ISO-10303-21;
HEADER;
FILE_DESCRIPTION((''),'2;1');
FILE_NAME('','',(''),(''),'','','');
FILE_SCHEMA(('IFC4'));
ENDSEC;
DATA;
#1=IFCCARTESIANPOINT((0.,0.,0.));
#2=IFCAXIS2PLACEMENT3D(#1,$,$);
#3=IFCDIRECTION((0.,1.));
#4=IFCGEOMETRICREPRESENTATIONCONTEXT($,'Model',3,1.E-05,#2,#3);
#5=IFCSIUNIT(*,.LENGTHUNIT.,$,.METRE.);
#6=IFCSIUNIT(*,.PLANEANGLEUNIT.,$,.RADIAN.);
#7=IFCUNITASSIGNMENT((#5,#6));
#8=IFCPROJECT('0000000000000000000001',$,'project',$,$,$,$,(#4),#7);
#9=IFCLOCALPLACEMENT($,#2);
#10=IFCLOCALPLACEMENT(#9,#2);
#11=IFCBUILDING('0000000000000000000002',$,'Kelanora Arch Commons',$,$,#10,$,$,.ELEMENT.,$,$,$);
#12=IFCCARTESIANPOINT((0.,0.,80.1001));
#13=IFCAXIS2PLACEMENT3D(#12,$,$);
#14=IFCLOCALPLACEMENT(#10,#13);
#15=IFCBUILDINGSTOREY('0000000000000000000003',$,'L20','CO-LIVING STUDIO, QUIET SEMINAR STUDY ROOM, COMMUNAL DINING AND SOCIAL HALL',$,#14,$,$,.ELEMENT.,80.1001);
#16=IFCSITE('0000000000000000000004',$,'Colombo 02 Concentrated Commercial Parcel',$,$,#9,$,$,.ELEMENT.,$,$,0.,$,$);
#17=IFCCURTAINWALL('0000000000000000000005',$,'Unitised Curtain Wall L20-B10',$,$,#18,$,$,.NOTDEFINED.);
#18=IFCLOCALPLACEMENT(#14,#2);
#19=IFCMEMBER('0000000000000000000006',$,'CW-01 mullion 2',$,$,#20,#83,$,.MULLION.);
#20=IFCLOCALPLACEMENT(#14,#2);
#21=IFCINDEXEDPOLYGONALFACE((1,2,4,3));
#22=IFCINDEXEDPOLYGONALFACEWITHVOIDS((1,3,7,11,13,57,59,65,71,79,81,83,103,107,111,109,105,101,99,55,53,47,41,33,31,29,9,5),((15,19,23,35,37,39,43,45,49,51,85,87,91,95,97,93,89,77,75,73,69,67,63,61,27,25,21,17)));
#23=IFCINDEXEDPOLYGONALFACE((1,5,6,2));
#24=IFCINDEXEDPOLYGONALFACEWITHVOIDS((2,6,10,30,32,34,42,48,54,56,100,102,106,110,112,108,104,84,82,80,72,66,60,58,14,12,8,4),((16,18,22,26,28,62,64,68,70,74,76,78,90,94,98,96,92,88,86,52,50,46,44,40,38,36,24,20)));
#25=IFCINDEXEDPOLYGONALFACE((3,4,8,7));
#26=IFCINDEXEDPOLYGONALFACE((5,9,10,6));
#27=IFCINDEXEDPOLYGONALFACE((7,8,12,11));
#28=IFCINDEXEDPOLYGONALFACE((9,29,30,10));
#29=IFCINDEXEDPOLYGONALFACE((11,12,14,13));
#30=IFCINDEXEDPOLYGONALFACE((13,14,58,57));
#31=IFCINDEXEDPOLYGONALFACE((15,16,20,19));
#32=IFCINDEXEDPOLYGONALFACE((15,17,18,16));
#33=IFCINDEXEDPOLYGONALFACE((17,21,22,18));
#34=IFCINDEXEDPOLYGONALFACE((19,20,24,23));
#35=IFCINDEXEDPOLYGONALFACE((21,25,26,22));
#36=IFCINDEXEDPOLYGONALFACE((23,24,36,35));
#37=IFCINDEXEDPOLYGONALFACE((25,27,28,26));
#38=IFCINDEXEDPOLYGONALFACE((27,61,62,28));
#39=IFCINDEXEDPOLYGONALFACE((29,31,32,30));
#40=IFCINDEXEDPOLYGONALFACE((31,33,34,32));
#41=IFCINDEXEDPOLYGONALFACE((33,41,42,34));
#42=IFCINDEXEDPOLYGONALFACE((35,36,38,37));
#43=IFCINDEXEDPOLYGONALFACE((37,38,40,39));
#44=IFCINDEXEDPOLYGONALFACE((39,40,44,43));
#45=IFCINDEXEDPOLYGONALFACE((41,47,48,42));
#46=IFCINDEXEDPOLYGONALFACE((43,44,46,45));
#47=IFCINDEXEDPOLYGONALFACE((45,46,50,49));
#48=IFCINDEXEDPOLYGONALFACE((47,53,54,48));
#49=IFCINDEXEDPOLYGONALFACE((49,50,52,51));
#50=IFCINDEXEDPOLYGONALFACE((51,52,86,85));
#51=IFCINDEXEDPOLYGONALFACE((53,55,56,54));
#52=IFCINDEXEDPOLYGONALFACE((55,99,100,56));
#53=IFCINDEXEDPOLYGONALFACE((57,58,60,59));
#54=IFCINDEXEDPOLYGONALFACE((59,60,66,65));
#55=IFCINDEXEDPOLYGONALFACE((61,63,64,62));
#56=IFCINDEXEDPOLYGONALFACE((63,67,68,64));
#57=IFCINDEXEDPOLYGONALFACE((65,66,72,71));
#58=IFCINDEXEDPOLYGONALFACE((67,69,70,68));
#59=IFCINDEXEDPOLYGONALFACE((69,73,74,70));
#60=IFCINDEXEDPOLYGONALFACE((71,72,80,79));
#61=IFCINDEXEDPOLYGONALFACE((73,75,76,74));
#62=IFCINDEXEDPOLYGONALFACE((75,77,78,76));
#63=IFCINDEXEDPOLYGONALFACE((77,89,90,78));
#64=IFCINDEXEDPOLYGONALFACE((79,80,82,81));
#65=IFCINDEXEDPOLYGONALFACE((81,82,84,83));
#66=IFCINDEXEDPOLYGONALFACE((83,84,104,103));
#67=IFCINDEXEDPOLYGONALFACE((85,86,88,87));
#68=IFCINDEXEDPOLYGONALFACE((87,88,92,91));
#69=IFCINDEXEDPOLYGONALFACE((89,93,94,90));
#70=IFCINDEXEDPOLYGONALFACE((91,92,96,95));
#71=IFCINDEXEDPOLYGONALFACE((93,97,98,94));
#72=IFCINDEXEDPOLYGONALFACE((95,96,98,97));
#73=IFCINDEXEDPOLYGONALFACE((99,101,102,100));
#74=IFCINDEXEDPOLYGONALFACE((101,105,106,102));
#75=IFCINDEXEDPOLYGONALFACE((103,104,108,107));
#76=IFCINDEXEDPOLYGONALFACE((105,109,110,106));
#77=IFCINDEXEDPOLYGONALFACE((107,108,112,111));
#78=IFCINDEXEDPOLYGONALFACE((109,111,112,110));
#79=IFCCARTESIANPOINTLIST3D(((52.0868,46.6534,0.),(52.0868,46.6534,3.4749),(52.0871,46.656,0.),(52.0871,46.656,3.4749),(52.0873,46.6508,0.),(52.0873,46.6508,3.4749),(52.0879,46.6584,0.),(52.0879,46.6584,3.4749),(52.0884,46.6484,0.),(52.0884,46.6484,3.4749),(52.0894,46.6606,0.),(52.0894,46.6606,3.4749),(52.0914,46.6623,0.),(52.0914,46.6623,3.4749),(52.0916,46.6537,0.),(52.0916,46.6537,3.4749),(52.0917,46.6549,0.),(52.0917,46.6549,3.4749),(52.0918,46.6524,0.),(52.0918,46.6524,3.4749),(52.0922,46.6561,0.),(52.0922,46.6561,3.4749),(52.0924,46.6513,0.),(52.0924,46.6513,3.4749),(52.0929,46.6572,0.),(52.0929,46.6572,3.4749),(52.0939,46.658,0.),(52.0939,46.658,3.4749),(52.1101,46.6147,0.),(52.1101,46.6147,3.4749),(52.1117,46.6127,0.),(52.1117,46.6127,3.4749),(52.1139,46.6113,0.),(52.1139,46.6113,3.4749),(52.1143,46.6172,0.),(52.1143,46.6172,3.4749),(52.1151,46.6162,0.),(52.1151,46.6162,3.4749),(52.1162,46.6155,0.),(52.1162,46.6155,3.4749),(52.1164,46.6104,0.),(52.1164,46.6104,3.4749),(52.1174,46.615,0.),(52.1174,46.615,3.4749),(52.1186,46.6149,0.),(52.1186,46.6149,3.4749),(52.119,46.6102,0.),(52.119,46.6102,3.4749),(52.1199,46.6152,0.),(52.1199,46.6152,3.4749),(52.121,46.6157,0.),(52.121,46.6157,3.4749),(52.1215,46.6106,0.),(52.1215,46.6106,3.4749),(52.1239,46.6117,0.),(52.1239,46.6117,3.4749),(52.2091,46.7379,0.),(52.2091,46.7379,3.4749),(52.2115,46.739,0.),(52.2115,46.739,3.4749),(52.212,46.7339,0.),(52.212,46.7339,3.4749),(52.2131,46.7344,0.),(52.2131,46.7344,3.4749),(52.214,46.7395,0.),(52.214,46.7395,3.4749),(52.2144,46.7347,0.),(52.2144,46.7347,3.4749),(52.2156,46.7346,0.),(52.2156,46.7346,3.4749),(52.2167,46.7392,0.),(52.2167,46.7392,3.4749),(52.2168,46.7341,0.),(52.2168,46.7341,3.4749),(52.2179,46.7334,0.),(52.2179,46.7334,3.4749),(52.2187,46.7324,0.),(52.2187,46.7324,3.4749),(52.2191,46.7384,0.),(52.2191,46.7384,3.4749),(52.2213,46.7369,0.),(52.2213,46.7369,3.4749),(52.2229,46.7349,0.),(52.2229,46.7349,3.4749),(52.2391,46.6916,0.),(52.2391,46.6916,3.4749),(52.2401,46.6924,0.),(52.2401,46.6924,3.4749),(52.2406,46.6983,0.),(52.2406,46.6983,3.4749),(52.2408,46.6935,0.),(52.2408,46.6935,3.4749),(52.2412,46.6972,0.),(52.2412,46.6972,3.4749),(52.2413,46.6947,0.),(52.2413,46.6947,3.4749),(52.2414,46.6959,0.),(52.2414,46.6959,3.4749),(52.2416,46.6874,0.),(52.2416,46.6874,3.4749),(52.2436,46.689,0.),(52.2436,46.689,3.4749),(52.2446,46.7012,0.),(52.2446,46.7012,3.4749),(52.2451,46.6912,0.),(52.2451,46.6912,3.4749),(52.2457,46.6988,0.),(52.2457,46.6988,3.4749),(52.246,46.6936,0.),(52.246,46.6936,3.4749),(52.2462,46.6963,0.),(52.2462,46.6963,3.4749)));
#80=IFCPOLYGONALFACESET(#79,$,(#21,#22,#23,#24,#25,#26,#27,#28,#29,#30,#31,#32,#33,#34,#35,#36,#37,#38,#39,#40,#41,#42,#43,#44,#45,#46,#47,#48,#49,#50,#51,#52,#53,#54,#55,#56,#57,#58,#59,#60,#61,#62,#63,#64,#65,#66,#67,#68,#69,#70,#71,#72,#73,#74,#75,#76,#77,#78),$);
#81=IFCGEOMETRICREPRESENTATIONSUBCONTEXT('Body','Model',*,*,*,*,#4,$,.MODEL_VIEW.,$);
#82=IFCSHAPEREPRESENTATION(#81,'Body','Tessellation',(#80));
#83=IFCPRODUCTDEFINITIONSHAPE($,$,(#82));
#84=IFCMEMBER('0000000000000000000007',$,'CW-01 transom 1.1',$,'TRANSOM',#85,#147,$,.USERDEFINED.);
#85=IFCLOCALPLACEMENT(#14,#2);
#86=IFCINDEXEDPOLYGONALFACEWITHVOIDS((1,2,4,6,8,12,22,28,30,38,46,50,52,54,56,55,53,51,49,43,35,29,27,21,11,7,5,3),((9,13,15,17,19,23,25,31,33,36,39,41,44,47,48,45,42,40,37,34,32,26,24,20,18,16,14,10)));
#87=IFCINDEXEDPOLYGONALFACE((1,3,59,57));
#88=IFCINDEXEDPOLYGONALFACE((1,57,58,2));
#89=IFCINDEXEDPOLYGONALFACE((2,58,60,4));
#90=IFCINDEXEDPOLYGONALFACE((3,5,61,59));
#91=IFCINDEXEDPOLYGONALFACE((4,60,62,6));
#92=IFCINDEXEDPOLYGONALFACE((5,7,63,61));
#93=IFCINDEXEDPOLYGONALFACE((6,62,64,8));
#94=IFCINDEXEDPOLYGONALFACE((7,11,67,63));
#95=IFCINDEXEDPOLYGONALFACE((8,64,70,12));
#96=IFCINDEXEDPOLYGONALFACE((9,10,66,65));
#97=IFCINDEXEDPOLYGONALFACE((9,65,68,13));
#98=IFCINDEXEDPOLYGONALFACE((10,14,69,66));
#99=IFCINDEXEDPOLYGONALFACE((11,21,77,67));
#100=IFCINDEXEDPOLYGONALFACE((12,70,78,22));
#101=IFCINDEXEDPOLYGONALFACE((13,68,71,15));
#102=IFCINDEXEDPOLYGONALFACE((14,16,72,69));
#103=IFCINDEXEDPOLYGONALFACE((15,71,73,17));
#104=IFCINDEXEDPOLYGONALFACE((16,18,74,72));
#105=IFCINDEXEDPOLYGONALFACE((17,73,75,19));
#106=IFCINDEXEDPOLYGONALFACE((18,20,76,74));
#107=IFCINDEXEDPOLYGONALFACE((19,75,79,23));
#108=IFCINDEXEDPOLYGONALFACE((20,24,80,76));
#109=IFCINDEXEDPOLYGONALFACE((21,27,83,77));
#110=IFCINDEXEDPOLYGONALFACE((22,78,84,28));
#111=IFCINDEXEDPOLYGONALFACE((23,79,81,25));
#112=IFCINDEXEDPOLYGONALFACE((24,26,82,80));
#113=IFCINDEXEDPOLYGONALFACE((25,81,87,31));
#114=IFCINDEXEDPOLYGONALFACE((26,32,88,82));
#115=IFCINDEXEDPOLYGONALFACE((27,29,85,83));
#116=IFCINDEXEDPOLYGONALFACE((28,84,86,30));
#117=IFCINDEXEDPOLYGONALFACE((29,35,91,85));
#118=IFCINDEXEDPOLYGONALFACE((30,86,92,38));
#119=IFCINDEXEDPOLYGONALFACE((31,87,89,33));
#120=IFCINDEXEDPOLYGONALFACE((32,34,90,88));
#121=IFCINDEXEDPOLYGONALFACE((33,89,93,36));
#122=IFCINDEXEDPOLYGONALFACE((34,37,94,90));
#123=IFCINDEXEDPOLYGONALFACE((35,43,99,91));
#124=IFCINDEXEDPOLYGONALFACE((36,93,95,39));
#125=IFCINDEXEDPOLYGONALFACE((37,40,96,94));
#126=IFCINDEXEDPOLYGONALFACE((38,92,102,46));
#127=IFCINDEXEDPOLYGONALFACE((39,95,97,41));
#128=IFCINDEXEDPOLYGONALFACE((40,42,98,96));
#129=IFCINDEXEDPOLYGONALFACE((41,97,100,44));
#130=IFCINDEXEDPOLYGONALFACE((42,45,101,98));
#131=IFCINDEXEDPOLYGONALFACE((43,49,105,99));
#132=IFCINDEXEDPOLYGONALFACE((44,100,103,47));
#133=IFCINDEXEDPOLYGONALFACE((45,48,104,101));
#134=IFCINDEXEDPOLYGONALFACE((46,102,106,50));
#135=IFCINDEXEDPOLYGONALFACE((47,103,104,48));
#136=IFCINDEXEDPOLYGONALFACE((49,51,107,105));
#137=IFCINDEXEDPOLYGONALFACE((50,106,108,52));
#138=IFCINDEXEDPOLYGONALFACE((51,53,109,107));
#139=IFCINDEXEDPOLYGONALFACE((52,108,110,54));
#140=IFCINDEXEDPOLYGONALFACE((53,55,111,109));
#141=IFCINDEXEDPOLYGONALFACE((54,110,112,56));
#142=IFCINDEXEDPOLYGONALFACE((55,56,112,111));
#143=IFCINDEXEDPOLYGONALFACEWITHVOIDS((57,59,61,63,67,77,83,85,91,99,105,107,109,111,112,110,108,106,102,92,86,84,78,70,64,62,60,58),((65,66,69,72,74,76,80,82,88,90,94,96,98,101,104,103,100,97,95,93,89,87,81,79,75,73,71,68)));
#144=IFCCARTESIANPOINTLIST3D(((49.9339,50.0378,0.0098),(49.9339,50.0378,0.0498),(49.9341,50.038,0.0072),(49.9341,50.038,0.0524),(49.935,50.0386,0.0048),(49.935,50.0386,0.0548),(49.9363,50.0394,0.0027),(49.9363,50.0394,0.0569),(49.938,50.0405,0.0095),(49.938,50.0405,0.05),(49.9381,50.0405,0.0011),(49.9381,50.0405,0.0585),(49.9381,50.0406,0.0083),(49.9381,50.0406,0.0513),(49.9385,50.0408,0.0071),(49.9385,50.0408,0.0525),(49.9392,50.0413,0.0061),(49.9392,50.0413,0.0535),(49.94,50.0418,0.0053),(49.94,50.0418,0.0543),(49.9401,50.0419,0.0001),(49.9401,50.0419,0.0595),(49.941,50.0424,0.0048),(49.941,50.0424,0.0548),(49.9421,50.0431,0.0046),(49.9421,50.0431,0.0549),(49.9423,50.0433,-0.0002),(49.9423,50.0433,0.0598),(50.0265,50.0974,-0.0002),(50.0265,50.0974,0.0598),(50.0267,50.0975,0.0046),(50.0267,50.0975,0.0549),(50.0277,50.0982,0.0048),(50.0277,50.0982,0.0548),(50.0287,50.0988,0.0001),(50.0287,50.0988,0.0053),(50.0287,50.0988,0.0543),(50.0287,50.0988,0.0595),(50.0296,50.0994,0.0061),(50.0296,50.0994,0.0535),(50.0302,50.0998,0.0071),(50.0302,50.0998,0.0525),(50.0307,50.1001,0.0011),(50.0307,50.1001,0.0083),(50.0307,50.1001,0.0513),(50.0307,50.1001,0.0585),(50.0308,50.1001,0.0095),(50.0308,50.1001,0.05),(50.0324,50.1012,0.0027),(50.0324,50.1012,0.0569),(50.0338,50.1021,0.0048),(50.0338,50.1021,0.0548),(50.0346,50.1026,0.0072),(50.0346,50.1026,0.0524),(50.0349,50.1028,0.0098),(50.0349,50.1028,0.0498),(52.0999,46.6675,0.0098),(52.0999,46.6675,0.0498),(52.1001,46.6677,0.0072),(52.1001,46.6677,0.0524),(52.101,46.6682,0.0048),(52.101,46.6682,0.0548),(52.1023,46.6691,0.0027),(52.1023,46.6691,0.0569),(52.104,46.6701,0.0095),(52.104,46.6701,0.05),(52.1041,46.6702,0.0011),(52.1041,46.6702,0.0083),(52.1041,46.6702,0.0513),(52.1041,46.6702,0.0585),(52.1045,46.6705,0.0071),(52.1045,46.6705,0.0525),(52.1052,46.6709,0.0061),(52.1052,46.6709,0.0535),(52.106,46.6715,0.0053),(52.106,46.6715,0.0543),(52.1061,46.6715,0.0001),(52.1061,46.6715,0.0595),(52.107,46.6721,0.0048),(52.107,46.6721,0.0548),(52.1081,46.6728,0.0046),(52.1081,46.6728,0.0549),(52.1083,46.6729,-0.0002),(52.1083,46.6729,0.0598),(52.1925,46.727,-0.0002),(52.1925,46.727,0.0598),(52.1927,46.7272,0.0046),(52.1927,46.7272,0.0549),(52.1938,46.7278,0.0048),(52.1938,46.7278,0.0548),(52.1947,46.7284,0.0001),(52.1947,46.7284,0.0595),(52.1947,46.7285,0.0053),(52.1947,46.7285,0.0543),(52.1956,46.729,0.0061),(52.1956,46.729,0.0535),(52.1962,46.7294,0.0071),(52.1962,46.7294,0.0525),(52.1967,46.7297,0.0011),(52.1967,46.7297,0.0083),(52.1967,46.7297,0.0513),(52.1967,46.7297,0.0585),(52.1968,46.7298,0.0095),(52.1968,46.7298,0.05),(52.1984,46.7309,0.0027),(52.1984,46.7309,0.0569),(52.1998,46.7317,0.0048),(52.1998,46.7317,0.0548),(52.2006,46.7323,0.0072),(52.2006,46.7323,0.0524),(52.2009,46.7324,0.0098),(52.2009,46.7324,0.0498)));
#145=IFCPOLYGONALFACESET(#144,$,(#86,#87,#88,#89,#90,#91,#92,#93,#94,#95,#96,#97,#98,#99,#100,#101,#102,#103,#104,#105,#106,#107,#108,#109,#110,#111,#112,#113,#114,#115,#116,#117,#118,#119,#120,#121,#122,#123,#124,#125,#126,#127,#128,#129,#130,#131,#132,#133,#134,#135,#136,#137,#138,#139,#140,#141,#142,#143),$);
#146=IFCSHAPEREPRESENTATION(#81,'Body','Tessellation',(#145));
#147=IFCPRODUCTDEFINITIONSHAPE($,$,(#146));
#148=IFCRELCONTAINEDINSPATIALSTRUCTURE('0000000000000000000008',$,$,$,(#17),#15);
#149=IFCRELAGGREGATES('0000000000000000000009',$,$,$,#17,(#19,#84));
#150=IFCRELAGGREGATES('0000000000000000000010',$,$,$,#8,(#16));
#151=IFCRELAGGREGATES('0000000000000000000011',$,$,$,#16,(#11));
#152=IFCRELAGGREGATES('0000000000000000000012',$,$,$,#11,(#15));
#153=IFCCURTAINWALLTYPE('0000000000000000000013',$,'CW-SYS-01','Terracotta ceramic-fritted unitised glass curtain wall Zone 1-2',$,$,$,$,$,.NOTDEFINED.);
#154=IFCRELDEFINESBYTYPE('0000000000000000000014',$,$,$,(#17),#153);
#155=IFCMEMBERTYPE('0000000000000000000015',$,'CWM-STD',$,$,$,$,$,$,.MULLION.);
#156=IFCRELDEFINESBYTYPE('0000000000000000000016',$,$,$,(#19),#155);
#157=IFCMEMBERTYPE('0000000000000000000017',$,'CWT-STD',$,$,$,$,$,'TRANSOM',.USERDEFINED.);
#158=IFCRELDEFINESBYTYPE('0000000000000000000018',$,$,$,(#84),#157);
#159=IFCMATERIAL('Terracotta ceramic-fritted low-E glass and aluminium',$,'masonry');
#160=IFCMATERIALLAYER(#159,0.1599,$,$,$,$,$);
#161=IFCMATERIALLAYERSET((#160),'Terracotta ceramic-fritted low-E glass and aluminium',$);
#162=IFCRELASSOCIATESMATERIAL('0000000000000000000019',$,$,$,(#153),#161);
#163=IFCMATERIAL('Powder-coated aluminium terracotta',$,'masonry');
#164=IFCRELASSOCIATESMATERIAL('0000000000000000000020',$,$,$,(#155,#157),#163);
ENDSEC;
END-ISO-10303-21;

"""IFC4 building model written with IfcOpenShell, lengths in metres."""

from ifc_helpers import new_model, si_unit, direction, frame, origin, origin_2d, place, context, subcontext, project, spatial, hollow_rectangle, extrude, material, layer, layer_set, material_profile, profile_set, type_object, element, aggregate, save


model = new_model("IFC4")

# Units and contexts
model_context = context("Model", 3, precision=1e-05, world=origin(), true_north=direction((0.0, 1.0)))
body_context = subcontext(model_context, "Body", "Model", "MODEL_VIEW")
ifc_project = project(units=[si_unit("LENGTHUNIT", "METRE"), si_unit("PLANEANGLEUNIT", "RADIAN")], contexts=[model_context])

# Site, building, storey
site_placement = place(None, origin())
site = spatial("IfcSite", under=ifc_project, at=site_placement, Name="Colombo 02 Concentrated Commercial Parcel", CompositionType="ELEMENT", RefElevation=0.0)
building_placement = place(site_placement, origin())
building = spatial("IfcBuilding", under=site, at=building_placement, Name="Kelanora Arch Commons", CompositionType="ELEMENT")
storey_placement = place(building_placement, frame((0.0, 0.0, 80.1001)))
storey = spatial("IfcBuildingStorey", under=building, at=storey_placement, Name="L20", Description="CO-LIVING STUDIO, QUIET SEMINAR STUDY ROOM, COMMUNAL DINING AND SOCIAL HALL", CompositionType="ELEMENT", Elevation=80.1001)

# Curtain wall, members
ifc_material_1 = material(Name="Terracotta ceramic-fritted low-E glass and aluminium", Category="masonry")
ifc_layer_1 = layer(ifc_material_1, 0.1599)
ifc_layer_set_1 = layer_set([ifc_layer_1], Name="Terracotta ceramic-fritted low-E glass and aluminium")
curtain_wall_type = type_object("IfcCurtainWallType", Name="CW-SYS-01", Description="Terracotta ceramic-fritted unitised glass curtain wall Zone 1-2", PredefinedType="NOTDEFINED", material=ifc_layer_set_1)
curtain_wall_placement = place(storey_placement, origin())
curtain_wall = element("IfcCurtainWall", 1, at=curtain_wall_placement, inside=storey, type_object=curtain_wall_type, Name="Unitised Curtain Wall L20-B10", PredefinedType="NOTDEFINED")
ifc_material_2 = material(Name="Powder-coated aluminium terracotta", Category="masonry")
ifc_material_profile_1 = material_profile(ifc_material_2, hollow_rectangle(XDim=0.1599, YDim=0.0601, WallThickness=0.0049, InnerFilletRadius=0.0049, OuterFilletRadius=0.01, at=origin_2d()), Name="CWM160x60")
ifc_profile_set_1 = profile_set([ifc_material_profile_1], Name="Powder-coated aluminium terracotta")
member_type_1 = type_object("IfcMemberType", Name="CWM-STD", PredefinedType="MULLION", material=ifc_profile_set_1)
member_1_placement = place(storey_placement, frame((52.1665, 46.6748, 0.0), z_axis=(0.0, 0.0, 1.0), x_axis=(0.841269, 0.540617, 0.0)))
member_1 = element("IfcMember", 2, at=member_1_placement, type_object=member_type_1, Name="CW-01 mullion 2", PredefinedType="MULLION", context=body_context, shape_type="SweptSolid", body=[
    extrude(hollow_rectangle(XDim=0.1599, YDim=0.0601, WallThickness=0.0049, InnerFilletRadius=0.0049, OuterFilletRadius=0.01, at=origin_2d()), origin(), (0.0, 0.0, 1.0), 3.4749),
])
ifc_material_profile_2 = material_profile(ifc_material_2, hollow_rectangle(XDim=0.1201, YDim=0.0601, WallThickness=0.0049, InnerFilletRadius=0.0049, OuterFilletRadius=0.01, at=origin_2d()), Name="CWT120x60")
ifc_profile_set_2 = profile_set([ifc_material_profile_2], Name="Powder-coated aluminium terracotta")
member_type_2 = type_object("IfcMemberType", Name="CWT-STD", ElementType="TRANSOM", PredefinedType="USERDEFINED", material=ifc_profile_set_2)
member_2_placement = place(storey_placement, frame((49.9844, 50.0703, 0.0298), z_axis=(0.540644, -0.841252, 0.0), x_axis=(0.841252, 0.540644, 0.0)))
member_2 = element("IfcMember", 3, at=member_2_placement, type_object=member_type_2, Name="CW-01 transom 1.1", ObjectType="TRANSOM", PredefinedType="USERDEFINED", context=body_context, shape_type="SweptSolid", body=[
    extrude(hollow_rectangle(XDim=0.1201, YDim=0.0601, WallThickness=0.0049, InnerFilletRadius=0.0049, OuterFilletRadius=0.01, at=origin_2d()), origin(), (0.0, 0.0, 1.0), 4.0063),
])

aggregate(curtain_wall, [member_1, member_2])

save(model, "model.ifc")
